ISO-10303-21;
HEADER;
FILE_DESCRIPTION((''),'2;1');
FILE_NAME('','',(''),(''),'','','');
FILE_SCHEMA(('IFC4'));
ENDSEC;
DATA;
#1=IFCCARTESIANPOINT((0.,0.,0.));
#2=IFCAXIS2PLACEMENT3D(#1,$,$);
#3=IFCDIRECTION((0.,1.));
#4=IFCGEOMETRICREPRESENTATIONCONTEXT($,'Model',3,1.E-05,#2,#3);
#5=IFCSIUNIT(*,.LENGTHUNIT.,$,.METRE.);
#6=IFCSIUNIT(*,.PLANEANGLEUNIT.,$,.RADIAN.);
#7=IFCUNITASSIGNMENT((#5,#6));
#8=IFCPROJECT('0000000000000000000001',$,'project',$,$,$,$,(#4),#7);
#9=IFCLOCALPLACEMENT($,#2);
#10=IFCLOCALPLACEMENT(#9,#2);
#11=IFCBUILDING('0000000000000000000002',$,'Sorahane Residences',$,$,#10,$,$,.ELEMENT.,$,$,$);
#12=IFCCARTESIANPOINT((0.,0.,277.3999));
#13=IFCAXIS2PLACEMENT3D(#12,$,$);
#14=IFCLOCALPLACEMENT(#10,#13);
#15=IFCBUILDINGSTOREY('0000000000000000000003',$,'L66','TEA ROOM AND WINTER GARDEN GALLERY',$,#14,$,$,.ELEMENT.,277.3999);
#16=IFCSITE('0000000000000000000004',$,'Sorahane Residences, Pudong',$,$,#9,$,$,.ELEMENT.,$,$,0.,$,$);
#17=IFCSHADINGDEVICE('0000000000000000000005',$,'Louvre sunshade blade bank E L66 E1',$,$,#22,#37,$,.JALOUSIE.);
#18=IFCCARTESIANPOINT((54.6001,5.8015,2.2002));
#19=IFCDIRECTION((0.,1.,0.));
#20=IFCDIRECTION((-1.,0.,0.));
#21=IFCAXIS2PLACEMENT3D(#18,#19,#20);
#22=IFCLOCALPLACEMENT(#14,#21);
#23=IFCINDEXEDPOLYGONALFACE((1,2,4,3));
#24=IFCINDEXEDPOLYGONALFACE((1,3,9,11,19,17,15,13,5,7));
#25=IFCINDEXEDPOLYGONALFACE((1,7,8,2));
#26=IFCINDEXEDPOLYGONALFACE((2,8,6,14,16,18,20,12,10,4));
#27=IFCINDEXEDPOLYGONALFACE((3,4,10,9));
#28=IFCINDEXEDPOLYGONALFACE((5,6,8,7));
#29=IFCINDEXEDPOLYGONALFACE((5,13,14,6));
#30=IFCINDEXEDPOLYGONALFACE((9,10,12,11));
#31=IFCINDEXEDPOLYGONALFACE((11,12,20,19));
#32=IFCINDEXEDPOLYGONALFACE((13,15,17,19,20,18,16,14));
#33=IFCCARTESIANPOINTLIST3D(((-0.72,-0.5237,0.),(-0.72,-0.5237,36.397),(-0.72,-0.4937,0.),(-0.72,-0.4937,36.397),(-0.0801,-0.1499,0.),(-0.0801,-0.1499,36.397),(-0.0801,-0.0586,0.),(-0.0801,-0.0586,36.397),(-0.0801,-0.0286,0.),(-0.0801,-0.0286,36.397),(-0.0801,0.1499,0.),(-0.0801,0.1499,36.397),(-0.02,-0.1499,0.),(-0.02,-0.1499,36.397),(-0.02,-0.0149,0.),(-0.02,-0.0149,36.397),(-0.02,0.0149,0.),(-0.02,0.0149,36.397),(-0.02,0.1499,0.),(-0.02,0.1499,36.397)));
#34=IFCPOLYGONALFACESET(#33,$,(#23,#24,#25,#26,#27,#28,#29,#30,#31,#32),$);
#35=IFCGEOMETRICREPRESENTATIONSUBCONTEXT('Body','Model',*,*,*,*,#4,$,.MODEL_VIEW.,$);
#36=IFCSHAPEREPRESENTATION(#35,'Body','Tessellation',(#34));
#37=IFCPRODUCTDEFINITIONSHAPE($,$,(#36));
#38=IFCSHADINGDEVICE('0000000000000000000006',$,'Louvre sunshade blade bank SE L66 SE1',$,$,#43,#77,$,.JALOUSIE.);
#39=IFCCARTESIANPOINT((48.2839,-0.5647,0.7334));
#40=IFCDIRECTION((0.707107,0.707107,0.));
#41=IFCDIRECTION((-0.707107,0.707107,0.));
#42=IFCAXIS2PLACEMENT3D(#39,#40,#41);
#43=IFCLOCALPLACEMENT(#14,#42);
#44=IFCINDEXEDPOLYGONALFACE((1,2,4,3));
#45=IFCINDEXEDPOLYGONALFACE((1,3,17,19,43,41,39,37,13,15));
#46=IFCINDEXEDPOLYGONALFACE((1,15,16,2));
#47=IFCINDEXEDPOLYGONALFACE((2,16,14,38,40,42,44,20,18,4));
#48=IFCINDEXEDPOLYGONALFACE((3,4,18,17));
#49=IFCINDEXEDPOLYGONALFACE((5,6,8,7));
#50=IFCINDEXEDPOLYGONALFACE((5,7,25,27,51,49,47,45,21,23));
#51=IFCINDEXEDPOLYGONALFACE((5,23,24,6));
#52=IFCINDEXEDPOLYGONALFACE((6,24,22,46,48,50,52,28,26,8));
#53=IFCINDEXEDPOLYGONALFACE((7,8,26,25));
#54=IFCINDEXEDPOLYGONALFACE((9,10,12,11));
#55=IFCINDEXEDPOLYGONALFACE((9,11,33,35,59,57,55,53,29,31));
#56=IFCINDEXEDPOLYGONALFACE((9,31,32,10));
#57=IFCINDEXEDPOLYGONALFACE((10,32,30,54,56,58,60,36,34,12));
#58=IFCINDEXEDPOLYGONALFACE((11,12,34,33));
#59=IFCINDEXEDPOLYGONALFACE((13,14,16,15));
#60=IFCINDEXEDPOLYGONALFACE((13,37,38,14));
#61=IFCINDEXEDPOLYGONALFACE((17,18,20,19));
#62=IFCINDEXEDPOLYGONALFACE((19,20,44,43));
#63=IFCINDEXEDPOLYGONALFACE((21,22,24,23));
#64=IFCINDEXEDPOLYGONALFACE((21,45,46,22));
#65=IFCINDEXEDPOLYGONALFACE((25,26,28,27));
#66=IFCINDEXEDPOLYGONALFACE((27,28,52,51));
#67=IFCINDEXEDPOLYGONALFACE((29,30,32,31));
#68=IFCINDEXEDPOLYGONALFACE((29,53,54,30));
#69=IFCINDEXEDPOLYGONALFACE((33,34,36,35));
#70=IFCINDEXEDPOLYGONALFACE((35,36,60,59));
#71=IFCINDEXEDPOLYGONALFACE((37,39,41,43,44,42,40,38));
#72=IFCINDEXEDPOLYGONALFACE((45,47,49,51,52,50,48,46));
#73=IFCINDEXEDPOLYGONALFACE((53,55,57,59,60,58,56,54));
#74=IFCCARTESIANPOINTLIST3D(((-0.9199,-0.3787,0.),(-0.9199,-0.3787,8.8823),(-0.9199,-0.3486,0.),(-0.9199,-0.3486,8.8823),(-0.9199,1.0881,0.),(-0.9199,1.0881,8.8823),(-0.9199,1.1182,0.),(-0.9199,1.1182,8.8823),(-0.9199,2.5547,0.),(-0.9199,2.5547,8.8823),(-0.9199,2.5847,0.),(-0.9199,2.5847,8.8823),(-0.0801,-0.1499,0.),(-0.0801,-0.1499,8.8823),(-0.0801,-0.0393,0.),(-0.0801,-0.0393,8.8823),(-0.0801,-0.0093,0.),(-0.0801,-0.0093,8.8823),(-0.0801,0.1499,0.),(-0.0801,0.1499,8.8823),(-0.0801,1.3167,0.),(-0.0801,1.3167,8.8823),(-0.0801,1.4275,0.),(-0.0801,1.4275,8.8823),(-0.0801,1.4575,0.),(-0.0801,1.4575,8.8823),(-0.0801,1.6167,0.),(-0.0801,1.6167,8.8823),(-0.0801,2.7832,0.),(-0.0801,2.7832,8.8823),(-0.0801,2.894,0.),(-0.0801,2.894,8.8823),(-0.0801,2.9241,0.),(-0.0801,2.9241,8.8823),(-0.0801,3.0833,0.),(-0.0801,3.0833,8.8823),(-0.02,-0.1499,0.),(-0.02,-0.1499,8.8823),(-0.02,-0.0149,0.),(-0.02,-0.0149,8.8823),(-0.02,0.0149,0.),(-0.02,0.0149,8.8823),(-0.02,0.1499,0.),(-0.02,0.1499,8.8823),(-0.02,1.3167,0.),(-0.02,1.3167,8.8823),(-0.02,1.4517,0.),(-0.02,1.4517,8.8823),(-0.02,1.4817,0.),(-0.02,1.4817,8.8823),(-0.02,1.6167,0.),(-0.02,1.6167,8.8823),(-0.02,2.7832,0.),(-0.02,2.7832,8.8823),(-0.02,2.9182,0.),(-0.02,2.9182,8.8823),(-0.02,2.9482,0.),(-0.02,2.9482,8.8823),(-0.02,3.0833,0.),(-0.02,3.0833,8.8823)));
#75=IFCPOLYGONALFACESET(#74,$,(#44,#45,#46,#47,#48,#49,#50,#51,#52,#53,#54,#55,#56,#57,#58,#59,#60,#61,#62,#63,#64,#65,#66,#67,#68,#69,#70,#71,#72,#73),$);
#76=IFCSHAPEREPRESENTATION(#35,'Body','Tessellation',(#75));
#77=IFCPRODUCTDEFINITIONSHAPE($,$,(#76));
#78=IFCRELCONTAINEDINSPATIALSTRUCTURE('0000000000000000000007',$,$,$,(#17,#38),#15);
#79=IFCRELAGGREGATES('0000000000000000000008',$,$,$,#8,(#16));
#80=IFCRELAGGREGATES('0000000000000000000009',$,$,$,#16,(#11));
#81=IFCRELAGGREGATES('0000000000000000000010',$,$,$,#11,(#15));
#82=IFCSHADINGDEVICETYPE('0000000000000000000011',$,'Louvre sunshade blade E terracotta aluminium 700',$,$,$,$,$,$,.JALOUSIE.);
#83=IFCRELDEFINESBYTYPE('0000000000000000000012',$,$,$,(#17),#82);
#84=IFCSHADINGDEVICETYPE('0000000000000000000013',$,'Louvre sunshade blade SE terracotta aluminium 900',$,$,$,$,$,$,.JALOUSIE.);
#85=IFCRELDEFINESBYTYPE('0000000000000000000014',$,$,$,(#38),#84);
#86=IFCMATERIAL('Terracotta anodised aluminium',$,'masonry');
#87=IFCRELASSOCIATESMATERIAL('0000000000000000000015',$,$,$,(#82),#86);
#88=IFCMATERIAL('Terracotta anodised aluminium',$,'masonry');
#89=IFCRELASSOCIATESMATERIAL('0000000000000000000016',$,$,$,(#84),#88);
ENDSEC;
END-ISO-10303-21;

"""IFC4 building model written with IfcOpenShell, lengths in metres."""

from ifc_helpers import new_model, si_unit, direction, frame, origin, place, context, subcontext, project, spatial, polyline, outline, composite_profile, extrude, material, type_object, element, save


model = new_model("IFC4")

# Units and contexts
model_context = context("Model", 3, precision=1e-05, world=origin(), true_north=direction((0.0, 1.0)))
body_context = subcontext(model_context, "Body", "Model", "MODEL_VIEW")
ifc_project = project(units=[si_unit("LENGTHUNIT", "METRE"), si_unit("PLANEANGLEUNIT", "RADIAN")], contexts=[model_context])

# Site, building, storey
site_placement = place(None, origin())
site = spatial("IfcSite", under=ifc_project, at=site_placement, Name="Sorahane Residences, Pudong", CompositionType="ELEMENT", RefElevation=0.0)
building_placement = place(site_placement, origin())
building = spatial("IfcBuilding", under=site, at=building_placement, Name="Sorahane Residences", CompositionType="ELEMENT")
storey_placement = place(building_placement, frame((0.0, 0.0, 277.3999)))
storey = spatial("IfcBuildingStorey", under=building, at=storey_placement, Name="L66", Description="TEA ROOM AND WINTER GARDEN GALLERY", CompositionType="ELEMENT", Elevation=277.3999)

# Shading devices
ifc_material_1 = material(Name="Terracotta anodised aluminium", Category="masonry")
shading_device_type_1 = type_object("IfcShadingDeviceType", Name="Louvre sunshade blade E terracotta aluminium 700", PredefinedType="JALOUSIE", material=ifc_material_1)
shading_device_1_placement = place(storey_placement, frame((54.6001, 5.8015, 2.2002), z_axis=(0.0, 1.0, 0.0), x_axis=(-1.0, 0.0, 0.0)))
element("IfcShadingDevice", 1, at=shading_device_1_placement, inside=storey, type_object=shading_device_type_1, Name="Louvre sunshade blade bank E L66 E1", PredefinedType="JALOUSIE", context=body_context, shape_type="SweptSolid", body=[
    extrude(outline(polyline([(-0.72, -0.4937), (-0.72, -0.5237), (-0.0801, -0.0586), (-0.0801, -0.1499), (-0.02, -0.1499), (-0.02, -0.0149), (-0.02, 0.0149), (-0.02, 0.1499), (-0.0801, 0.1499), (-0.0801, -0.0286), (-0.72, -0.4937)])), origin(), (0.0, 0.0, 1.0), 36.397),
])
ifc_material_2 = material(Name="Terracotta anodised aluminium", Category="masonry")
shading_device_type_2 = type_object("IfcShadingDeviceType", Name="Louvre sunshade blade SE terracotta aluminium 900", PredefinedType="JALOUSIE", material=ifc_material_2)
shading_device_2_placement = place(storey_placement, frame((48.2839, -0.5647, 0.7334), z_axis=(0.707107, 0.707107, 0.0), x_axis=(-0.707107, 0.707107, 0.0)))
element("IfcShadingDevice", 2, at=shading_device_2_placement, inside=storey, type_object=shading_device_type_2, Name="Louvre sunshade blade bank SE L66 SE1", PredefinedType="JALOUSIE", context=body_context, shape_type="SweptSolid", body=[
    extrude(composite_profile([outline(polyline([(-0.9199, -0.3486), (-0.9199, -0.3787), (-0.0801, -0.0393), (-0.0801, -0.1499), (-0.02, -0.1499), (-0.02, -0.0149), (-0.02, 0.0149), (-0.02, 0.1499), (-0.0801, 0.1499), (-0.0801, -0.0093), (-0.9199, -0.3486)])), outline(polyline([(-0.9199, 1.1182), (-0.9199, 1.0881), (-0.0801, 1.4275), (-0.0801, 1.3167), (-0.02, 1.3167), (-0.02, 1.4517), (-0.02, 1.4817), (-0.02, 1.6167), (-0.0801, 1.6167), (-0.0801, 1.4575), (-0.9199, 1.1182)])), outline(polyline([(-0.9199, 2.5847), (-0.9199, 2.5547), (-0.0801, 2.894), (-0.0801, 2.7832), (-0.02, 2.7832), (-0.02, 2.9182), (-0.02, 2.9482), (-0.02, 3.0833), (-0.0801, 3.0833), (-0.0801, 2.9241), (-0.9199, 2.5847)]))]), origin(), (0.0, 0.0, 1.0), 8.8823),
])

save(model, "model.ifc")
